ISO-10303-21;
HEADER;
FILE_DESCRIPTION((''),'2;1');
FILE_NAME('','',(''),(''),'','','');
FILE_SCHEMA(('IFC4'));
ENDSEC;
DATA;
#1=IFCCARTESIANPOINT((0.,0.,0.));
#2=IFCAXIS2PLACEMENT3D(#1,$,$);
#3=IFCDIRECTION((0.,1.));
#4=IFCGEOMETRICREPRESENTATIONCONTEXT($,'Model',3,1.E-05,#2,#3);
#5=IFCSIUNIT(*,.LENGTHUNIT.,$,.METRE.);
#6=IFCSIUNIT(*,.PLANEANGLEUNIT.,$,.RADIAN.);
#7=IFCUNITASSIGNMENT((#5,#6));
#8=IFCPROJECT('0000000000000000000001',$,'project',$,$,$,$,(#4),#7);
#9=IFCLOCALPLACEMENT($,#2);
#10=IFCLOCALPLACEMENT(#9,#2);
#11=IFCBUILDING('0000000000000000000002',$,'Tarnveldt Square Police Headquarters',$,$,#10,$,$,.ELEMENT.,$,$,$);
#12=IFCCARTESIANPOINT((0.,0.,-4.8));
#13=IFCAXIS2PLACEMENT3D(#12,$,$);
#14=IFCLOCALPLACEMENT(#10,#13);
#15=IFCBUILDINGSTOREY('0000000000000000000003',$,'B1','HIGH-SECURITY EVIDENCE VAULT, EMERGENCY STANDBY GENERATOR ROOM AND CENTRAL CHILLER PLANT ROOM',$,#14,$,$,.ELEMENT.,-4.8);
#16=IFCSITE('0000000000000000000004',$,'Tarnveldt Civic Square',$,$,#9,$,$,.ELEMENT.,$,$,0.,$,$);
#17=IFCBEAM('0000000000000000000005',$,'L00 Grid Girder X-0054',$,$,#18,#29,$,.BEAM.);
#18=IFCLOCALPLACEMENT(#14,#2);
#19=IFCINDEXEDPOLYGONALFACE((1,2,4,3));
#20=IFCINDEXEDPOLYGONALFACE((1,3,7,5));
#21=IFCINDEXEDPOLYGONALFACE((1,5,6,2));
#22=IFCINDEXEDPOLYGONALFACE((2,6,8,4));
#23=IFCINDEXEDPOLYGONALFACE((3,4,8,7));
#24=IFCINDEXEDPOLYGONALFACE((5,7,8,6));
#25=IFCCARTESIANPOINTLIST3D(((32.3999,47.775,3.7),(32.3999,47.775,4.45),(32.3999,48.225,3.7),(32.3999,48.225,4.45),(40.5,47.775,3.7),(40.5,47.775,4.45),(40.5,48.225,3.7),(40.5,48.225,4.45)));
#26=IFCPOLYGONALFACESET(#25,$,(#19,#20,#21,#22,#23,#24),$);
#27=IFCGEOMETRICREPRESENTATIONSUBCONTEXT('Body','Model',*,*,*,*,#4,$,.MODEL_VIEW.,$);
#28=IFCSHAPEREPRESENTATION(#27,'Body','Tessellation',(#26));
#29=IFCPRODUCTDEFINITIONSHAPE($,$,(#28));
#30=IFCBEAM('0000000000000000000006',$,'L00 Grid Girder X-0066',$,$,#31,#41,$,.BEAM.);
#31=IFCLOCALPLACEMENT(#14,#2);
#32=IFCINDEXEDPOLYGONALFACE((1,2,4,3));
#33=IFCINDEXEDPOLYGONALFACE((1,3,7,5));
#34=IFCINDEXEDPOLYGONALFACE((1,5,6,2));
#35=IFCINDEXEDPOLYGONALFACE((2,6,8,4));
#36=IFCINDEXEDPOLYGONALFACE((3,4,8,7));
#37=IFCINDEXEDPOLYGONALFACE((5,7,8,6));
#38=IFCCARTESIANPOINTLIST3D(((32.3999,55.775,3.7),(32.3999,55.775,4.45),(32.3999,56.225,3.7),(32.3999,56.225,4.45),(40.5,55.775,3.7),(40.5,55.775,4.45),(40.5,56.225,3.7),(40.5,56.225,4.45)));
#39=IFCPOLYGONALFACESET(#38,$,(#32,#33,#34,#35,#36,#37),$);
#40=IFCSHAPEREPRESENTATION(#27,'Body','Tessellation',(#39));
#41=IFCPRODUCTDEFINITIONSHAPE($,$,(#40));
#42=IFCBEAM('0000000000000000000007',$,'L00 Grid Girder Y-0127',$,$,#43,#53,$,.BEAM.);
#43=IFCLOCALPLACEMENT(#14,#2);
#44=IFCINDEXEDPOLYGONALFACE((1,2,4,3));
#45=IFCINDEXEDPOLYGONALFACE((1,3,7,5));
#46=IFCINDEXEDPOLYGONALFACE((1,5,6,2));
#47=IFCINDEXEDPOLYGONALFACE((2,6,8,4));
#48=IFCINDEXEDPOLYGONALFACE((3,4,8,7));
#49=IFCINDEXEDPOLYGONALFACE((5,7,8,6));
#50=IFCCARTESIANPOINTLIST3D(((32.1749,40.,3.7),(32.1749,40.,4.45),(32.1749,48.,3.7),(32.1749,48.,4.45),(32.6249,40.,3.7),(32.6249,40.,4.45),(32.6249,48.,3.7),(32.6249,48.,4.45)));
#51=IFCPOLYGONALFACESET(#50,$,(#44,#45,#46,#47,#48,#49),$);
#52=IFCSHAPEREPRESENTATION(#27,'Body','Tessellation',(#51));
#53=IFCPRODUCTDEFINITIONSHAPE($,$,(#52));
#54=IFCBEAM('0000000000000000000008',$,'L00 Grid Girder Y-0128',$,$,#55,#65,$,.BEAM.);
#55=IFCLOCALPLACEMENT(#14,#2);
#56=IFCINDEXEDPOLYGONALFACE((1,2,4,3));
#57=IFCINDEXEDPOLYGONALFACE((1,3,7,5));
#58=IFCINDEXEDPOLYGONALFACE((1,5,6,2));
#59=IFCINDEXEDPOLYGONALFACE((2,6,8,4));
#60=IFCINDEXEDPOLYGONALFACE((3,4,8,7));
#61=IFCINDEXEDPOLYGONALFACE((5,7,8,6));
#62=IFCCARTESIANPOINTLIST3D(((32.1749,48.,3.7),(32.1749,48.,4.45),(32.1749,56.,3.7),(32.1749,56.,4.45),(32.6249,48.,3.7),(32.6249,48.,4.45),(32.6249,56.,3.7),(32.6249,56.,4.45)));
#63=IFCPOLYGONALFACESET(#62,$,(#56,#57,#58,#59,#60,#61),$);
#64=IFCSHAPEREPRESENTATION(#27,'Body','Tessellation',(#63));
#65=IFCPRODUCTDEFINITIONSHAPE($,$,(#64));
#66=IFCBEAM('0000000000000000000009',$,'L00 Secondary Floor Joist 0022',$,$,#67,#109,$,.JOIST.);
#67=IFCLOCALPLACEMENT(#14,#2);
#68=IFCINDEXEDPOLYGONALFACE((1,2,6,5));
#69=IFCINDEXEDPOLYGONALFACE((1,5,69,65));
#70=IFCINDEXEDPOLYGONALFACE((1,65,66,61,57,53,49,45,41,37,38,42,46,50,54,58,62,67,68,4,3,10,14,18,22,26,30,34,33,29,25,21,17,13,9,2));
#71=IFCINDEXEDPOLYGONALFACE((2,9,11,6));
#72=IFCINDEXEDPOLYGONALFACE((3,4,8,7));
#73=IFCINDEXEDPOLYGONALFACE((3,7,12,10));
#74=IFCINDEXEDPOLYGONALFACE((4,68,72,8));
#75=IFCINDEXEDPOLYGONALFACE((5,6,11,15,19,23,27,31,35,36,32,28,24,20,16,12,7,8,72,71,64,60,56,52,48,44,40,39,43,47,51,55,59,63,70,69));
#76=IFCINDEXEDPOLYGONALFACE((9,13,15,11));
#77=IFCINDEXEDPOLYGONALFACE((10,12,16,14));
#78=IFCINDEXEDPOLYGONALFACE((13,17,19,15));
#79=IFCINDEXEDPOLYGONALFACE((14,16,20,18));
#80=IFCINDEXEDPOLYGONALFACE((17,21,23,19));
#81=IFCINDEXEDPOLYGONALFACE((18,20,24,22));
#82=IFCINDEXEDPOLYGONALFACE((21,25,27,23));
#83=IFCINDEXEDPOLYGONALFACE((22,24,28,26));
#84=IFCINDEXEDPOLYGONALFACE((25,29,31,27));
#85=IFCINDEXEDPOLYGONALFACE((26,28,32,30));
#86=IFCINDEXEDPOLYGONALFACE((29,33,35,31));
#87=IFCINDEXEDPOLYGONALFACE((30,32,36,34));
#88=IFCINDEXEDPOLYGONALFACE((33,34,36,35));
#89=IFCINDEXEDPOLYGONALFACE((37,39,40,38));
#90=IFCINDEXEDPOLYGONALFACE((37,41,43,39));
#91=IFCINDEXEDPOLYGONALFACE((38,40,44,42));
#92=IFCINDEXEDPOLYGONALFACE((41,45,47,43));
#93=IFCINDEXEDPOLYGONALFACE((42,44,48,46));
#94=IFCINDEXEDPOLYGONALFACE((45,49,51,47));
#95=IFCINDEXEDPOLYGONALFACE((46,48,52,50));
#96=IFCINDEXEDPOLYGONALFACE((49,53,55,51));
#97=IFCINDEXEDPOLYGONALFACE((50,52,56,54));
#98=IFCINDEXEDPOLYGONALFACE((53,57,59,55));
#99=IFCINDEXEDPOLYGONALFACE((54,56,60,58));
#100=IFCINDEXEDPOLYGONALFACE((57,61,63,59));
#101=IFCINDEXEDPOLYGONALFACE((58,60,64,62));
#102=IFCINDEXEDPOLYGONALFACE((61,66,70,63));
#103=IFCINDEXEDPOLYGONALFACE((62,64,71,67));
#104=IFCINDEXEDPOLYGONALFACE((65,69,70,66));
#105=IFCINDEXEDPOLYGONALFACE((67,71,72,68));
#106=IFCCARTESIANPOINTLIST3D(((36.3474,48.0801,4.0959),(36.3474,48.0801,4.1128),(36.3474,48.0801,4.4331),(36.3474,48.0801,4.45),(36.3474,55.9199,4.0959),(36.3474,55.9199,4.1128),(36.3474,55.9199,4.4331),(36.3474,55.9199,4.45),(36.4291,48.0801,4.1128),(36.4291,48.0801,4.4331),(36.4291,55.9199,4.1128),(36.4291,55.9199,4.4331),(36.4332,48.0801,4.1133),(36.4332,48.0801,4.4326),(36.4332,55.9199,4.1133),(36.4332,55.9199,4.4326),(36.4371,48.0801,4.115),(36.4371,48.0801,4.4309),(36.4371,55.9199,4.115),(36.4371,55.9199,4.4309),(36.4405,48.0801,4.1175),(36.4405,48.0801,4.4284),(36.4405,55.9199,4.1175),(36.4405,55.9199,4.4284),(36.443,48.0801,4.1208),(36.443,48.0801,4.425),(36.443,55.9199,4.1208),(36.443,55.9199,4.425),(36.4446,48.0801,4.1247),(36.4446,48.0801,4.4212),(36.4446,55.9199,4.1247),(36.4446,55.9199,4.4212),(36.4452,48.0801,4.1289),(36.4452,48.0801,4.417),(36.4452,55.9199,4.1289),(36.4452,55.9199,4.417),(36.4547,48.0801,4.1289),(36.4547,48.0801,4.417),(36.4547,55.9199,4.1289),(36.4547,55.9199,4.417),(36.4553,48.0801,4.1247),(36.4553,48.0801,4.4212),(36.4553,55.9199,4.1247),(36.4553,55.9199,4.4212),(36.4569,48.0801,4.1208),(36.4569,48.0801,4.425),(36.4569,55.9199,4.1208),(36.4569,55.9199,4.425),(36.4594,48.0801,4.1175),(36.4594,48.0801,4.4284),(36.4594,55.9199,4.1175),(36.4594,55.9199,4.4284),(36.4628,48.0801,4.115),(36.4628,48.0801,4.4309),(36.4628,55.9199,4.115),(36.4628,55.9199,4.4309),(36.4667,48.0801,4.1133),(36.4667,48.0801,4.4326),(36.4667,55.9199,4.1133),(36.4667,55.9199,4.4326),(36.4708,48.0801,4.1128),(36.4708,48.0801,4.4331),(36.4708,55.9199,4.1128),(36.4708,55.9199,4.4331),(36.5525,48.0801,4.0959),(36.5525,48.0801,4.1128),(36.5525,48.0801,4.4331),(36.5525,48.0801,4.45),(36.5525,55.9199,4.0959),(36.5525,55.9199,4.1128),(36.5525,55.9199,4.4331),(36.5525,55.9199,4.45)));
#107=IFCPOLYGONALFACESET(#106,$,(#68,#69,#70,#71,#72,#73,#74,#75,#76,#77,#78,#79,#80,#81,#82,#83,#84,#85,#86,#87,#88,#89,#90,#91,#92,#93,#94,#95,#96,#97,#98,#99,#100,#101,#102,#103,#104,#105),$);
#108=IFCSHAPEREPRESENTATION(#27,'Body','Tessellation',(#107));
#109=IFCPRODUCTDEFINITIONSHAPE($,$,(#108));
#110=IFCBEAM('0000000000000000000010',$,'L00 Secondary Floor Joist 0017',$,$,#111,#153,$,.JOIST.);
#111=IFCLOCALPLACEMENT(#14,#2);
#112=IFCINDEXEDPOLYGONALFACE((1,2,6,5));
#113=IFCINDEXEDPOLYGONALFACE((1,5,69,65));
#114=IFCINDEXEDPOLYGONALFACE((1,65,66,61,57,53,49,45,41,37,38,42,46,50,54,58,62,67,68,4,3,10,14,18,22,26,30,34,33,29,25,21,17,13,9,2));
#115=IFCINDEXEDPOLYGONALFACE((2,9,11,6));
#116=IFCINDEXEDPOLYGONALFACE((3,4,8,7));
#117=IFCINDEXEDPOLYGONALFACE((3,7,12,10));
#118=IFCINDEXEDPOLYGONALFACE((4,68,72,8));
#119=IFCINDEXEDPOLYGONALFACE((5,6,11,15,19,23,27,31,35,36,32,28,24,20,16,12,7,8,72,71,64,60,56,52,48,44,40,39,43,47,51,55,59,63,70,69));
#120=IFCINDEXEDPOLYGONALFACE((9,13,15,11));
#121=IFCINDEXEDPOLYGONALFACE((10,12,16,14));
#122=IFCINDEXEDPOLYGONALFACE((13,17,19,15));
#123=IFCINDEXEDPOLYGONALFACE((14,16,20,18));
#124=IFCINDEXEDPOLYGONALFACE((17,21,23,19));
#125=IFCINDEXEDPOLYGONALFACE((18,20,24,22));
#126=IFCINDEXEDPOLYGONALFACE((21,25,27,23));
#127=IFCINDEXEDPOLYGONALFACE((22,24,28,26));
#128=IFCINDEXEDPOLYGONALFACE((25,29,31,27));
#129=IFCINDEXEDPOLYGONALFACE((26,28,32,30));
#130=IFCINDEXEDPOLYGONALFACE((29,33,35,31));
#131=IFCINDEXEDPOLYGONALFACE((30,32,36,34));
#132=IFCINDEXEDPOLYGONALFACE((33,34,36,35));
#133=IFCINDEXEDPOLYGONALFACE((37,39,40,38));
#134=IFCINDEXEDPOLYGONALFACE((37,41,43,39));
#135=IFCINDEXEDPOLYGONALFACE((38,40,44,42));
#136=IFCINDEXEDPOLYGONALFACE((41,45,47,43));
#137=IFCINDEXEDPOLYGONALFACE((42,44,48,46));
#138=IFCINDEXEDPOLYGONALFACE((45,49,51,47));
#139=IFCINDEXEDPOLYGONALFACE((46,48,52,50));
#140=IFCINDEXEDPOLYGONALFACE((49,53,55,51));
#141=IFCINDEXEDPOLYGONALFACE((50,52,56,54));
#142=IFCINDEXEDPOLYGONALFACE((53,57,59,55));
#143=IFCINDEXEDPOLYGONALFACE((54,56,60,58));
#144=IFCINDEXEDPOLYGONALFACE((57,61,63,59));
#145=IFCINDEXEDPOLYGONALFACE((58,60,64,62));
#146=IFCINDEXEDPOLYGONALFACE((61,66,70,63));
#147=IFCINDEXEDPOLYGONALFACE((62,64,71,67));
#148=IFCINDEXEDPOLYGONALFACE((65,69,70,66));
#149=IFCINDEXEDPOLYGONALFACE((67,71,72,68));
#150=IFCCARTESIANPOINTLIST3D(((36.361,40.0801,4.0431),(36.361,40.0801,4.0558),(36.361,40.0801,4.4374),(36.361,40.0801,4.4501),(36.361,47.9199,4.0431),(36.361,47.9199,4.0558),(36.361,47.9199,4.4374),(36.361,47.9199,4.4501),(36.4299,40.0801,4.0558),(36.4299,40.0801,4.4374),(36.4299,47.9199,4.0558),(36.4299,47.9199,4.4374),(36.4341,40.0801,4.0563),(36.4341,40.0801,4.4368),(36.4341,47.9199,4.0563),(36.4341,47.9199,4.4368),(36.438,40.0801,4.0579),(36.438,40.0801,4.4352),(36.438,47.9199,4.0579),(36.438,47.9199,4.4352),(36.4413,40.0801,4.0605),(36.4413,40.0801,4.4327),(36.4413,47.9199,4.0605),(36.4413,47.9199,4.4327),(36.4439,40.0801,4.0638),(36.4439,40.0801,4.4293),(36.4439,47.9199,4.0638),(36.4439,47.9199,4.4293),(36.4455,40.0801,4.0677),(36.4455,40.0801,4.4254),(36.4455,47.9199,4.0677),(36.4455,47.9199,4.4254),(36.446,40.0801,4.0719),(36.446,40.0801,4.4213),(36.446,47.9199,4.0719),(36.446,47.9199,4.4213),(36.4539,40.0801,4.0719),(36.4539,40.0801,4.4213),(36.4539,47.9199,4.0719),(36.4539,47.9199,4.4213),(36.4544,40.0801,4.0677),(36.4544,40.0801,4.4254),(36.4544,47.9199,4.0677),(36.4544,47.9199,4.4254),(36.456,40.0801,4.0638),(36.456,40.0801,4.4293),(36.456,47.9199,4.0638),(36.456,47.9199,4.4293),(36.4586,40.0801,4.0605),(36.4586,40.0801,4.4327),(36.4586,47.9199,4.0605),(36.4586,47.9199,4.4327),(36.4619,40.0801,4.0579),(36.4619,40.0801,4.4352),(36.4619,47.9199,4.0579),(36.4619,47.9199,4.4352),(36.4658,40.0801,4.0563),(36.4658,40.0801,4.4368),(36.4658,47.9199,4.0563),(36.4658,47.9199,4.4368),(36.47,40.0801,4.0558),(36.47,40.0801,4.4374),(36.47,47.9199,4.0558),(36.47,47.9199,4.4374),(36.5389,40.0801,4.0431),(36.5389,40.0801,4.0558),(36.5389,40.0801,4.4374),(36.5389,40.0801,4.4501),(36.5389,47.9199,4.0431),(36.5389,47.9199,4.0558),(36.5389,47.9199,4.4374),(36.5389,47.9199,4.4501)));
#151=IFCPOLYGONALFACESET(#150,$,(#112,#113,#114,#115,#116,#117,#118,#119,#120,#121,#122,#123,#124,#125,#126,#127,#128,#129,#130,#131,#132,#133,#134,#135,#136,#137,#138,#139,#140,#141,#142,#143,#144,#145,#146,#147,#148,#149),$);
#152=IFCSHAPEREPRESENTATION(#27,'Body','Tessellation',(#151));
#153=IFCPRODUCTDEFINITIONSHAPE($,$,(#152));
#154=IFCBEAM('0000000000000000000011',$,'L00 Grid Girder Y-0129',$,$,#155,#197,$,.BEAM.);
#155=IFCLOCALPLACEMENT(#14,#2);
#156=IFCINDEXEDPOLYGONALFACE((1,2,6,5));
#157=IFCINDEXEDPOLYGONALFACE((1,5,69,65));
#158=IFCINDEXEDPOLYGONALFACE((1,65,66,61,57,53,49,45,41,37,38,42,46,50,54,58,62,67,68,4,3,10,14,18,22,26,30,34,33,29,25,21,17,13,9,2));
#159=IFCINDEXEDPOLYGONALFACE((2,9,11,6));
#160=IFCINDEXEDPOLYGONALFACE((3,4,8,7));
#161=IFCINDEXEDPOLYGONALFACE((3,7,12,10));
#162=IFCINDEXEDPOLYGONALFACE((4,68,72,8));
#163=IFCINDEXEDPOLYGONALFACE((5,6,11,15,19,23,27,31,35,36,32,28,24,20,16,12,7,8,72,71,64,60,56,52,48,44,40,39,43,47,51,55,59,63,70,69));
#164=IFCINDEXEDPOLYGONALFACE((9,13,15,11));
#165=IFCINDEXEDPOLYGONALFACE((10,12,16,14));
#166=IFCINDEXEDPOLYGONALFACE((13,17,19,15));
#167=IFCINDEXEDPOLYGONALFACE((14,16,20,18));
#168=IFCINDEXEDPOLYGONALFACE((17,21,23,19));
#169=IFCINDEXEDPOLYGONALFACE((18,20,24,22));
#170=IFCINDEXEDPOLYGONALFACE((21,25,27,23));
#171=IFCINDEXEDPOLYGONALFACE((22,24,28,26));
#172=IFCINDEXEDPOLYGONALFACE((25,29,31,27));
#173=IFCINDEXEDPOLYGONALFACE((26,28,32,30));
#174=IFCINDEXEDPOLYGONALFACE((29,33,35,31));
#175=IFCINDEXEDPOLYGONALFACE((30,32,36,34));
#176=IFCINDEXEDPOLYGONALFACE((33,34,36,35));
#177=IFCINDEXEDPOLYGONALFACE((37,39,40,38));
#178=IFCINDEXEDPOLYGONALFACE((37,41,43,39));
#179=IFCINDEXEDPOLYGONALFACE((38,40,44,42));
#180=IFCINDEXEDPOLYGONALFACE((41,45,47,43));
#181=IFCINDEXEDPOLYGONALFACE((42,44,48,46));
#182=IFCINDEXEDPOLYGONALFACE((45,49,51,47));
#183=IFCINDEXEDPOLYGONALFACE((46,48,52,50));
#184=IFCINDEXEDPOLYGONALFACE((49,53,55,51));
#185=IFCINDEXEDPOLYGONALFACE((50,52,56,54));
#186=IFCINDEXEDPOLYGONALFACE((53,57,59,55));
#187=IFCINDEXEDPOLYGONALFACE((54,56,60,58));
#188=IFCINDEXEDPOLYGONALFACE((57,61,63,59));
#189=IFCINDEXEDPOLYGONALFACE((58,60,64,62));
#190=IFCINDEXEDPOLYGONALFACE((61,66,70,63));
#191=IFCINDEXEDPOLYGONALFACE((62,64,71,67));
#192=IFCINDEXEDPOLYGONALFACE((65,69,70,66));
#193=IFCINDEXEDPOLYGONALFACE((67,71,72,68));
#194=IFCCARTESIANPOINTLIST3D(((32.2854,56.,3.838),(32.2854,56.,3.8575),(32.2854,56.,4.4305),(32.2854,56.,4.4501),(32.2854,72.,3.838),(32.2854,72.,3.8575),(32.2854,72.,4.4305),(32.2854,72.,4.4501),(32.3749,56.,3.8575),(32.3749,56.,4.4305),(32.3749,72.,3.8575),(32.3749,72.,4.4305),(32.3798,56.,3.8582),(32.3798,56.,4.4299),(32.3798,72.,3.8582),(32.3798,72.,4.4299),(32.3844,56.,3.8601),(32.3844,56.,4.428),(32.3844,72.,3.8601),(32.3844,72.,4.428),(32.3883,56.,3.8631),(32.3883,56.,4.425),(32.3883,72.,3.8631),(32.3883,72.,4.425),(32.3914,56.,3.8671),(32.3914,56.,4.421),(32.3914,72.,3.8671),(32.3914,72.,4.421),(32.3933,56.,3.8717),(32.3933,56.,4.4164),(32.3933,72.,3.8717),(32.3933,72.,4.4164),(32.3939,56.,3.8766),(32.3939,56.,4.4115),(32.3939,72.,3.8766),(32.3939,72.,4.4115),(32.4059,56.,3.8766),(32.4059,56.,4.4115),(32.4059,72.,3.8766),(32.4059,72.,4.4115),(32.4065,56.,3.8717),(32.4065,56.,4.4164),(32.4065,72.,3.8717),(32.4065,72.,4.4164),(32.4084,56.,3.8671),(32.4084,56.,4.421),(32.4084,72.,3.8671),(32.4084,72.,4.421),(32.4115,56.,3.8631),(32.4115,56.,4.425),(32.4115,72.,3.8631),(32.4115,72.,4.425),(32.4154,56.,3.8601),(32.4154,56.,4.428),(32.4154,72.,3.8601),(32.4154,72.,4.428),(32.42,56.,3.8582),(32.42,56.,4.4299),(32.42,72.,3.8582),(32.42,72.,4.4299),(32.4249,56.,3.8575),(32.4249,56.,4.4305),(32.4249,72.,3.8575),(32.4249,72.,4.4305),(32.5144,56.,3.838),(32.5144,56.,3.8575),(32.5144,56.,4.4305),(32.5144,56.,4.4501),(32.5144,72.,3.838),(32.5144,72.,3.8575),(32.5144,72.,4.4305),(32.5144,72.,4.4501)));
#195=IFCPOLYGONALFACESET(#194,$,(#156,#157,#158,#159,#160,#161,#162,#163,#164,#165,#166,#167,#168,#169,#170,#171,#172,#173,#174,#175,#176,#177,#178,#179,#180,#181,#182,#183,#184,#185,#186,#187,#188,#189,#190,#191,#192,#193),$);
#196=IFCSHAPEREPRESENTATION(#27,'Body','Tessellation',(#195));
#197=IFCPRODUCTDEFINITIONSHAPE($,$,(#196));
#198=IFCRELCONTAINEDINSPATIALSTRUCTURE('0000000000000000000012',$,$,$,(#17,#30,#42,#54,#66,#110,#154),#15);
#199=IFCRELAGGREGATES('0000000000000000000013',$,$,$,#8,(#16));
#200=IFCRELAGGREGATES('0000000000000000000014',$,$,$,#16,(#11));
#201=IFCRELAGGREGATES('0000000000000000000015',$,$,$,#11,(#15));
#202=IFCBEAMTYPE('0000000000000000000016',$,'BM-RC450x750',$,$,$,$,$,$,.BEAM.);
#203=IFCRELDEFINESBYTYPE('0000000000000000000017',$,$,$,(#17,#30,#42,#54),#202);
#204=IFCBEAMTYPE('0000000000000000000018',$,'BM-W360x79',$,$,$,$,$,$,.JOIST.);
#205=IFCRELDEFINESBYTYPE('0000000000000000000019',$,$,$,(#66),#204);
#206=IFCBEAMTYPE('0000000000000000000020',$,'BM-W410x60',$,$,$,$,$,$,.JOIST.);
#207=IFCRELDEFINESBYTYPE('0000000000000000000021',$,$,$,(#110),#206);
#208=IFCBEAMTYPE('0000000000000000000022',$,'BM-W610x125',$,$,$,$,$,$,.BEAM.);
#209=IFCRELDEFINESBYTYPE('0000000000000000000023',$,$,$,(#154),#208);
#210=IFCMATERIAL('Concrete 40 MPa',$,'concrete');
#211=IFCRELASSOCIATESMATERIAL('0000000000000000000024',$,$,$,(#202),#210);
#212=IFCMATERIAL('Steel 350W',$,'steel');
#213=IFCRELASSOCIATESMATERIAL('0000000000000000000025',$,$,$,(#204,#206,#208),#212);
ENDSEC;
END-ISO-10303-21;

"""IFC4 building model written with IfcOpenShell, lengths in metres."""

from ifc_helpers import new_model, si_unit, direction, frame, origin, origin_2d, place, context, subcontext, project, spatial, rectangle, i_section, extrude, material, material_profile, profile_set, type_object, element, save


model = new_model("IFC4")

# Units and contexts
model_context = context("Model", 3, precision=1e-05, world=origin(), true_north=direction((0.0, 1.0)))
body_context = subcontext(model_context, "Body", "Model", "MODEL_VIEW")
ifc_project = project(units=[si_unit("LENGTHUNIT", "METRE"), si_unit("PLANEANGLEUNIT", "RADIAN")], contexts=[model_context])

# Site, building, storey
site_placement = place(None, origin())
site = spatial("IfcSite", under=ifc_project, at=site_placement, Name="Tarnveldt Civic Square", CompositionType="ELEMENT", RefElevation=0.0)
building_placement = place(site_placement, origin())
building = spatial("IfcBuilding", under=site, at=building_placement, Name="Tarnveldt Square Police Headquarters", CompositionType="ELEMENT")
storey_placement = place(building_placement, frame((0.0, 0.0, -4.8)))
storey = spatial("IfcBuildingStorey", under=building, at=storey_placement, Name="B1", Description="HIGH-SECURITY EVIDENCE VAULT, EMERGENCY STANDBY GENERATOR ROOM AND CENTRAL CHILLER PLANT ROOM", CompositionType="ELEMENT", Elevation=-4.8)

# Beams
ifc_material_1 = material(Name="Concrete 40 MPa", Category="concrete")
ifc_material_profile_1 = material_profile(ifc_material_1, rectangle(XDim=0.45, YDim=0.75, at=origin_2d()), Name="RC-B450x750")
ifc_profile_set_1 = profile_set([ifc_material_profile_1], Name="Concrete 40 MPa")
beam_type_1 = type_object("IfcBeamType", Name="BM-RC450x750", PredefinedType="BEAM", material=ifc_profile_set_1)
for number, where, z_axis, x_axis, name in (
    (1, (32.3999, 48.0, 4.075), (1.0, 0.0, 0.0), (0.0, 1.0, 0.0), "L00 Grid Girder X-0054"),
    (2, (32.3999, 56.0, 4.075), (1.0, 0.0, 0.0), (0.0, 1.0, 0.0), "L00 Grid Girder X-0066"),
):
    element("IfcBeam", number, at=place(storey_placement, frame(where, z_axis=z_axis, x_axis=x_axis)), inside=storey, type_object=beam_type_1, Name=name, PredefinedType="BEAM", context=body_context, shape_type="SweptSolid", body=[
        extrude(rectangle(XDim=0.45, YDim=0.75, at=origin_2d()), origin(), (0.0, 0.0, 1.0), 8.1001),
    ])
for number, where, z_axis, x_axis, name in (
    (3, (32.3999, 40.0, 4.075), (0.0, 1.0, 0.0), (-1.0, 0.0, 0.0), "L00 Grid Girder Y-0127"),
    (4, (32.3999, 48.0, 4.075), (0.0, 1.0, 0.0), (-1.0, 0.0, 0.0), "L00 Grid Girder Y-0128"),
):
    element("IfcBeam", number, at=place(storey_placement, frame(where, z_axis=z_axis, x_axis=x_axis)), inside=storey, type_object=beam_type_1, Name=name, PredefinedType="BEAM", context=body_context, shape_type="SweptSolid", body=[
        extrude(rectangle(XDim=0.45, YDim=0.75, at=origin_2d()), origin(), (0.0, 0.0, 1.0), 8.0),
    ])
ifc_material_2 = material(Name="Steel 350W", Category="steel")
ifc_material_profile_2 = material_profile(ifc_material_2, i_section(OverallWidth=0.2051, OverallDepth=0.354, WebThickness=0.0095, FlangeThickness=0.0168, FilletRadius=0.0161, at=origin_2d()), Name="W360x79")
ifc_profile_set_2 = profile_set([ifc_material_profile_2], Name="Steel 350W")
beam_type_2 = type_object("IfcBeamType", Name="BM-W360x79", PredefinedType="JOIST", material=ifc_profile_set_2)
beam_1_placement = place(storey_placement, frame((36.45, 48.0801, 4.2729), z_axis=(0.0, 1.0, 0.0), x_axis=(-1.0, 0.0, 0.0)))
element("IfcBeam", 5, at=beam_1_placement, inside=storey, type_object=beam_type_2, Name="L00 Secondary Floor Joist 0022", PredefinedType="JOIST", context=body_context, shape_type="SweptSolid", body=[
    extrude(i_section(OverallWidth=0.2051, OverallDepth=0.354, WebThickness=0.0095, FlangeThickness=0.0168, FilletRadius=0.0161, at=origin_2d()), origin(), (0.0, 0.0, 1.0), 7.8398),
])
ifc_material_profile_3 = material_profile(ifc_material_2, i_section(OverallWidth=0.178, OverallDepth=0.407, WebThickness=0.0078, FlangeThickness=0.0127, FilletRadius=0.0161, at=origin_2d()), Name="W410x60")
ifc_profile_set_3 = profile_set([ifc_material_profile_3], Name="Steel 350W")
beam_type_3 = type_object("IfcBeamType", Name="BM-W410x60", PredefinedType="JOIST", material=ifc_profile_set_3)
beam_2_placement = place(storey_placement, frame((36.45, 40.0801, 4.2466), z_axis=(0.0, 1.0, 0.0), x_axis=(-1.0, 0.0, 0.0)))
element("IfcBeam", 6, at=beam_2_placement, inside=storey, type_object=beam_type_3, Name="L00 Secondary Floor Joist 0017", PredefinedType="JOIST", context=body_context, shape_type="SweptSolid", body=[
    extrude(i_section(OverallWidth=0.178, OverallDepth=0.407, WebThickness=0.0078, FlangeThickness=0.0127, FilletRadius=0.0161, at=origin_2d()), origin(), (0.0, 0.0, 1.0), 7.8398),
])
ifc_material_profile_4 = material_profile(ifc_material_2, i_section(OverallWidth=0.229, OverallDepth=0.6121, WebThickness=0.012, FlangeThickness=0.0195, FilletRadius=0.019, at=origin_2d()), Name="W610x125")
ifc_profile_set_4 = profile_set([ifc_material_profile_4], Name="Steel 350W")
beam_type_4 = type_object("IfcBeamType", Name="BM-W610x125", PredefinedType="BEAM", material=ifc_profile_set_4)
beam_3_placement = place(storey_placement, frame((32.3999, 56.0, 4.144), z_axis=(0.0, 1.0, 0.0), x_axis=(-1.0, 0.0, 0.0)))
element("IfcBeam", 7, at=beam_3_placement, inside=storey, type_object=beam_type_4, Name="L00 Grid Girder Y-0129", PredefinedType="BEAM", context=body_context, shape_type="SweptSolid", body=[
    extrude(i_section(OverallWidth=0.229, OverallDepth=0.6121, WebThickness=0.012, FlangeThickness=0.0195, FilletRadius=0.019, at=origin_2d()), origin(), (0.0, 0.0, 1.0), 16.0),
])

save(model, "model.ifc")
